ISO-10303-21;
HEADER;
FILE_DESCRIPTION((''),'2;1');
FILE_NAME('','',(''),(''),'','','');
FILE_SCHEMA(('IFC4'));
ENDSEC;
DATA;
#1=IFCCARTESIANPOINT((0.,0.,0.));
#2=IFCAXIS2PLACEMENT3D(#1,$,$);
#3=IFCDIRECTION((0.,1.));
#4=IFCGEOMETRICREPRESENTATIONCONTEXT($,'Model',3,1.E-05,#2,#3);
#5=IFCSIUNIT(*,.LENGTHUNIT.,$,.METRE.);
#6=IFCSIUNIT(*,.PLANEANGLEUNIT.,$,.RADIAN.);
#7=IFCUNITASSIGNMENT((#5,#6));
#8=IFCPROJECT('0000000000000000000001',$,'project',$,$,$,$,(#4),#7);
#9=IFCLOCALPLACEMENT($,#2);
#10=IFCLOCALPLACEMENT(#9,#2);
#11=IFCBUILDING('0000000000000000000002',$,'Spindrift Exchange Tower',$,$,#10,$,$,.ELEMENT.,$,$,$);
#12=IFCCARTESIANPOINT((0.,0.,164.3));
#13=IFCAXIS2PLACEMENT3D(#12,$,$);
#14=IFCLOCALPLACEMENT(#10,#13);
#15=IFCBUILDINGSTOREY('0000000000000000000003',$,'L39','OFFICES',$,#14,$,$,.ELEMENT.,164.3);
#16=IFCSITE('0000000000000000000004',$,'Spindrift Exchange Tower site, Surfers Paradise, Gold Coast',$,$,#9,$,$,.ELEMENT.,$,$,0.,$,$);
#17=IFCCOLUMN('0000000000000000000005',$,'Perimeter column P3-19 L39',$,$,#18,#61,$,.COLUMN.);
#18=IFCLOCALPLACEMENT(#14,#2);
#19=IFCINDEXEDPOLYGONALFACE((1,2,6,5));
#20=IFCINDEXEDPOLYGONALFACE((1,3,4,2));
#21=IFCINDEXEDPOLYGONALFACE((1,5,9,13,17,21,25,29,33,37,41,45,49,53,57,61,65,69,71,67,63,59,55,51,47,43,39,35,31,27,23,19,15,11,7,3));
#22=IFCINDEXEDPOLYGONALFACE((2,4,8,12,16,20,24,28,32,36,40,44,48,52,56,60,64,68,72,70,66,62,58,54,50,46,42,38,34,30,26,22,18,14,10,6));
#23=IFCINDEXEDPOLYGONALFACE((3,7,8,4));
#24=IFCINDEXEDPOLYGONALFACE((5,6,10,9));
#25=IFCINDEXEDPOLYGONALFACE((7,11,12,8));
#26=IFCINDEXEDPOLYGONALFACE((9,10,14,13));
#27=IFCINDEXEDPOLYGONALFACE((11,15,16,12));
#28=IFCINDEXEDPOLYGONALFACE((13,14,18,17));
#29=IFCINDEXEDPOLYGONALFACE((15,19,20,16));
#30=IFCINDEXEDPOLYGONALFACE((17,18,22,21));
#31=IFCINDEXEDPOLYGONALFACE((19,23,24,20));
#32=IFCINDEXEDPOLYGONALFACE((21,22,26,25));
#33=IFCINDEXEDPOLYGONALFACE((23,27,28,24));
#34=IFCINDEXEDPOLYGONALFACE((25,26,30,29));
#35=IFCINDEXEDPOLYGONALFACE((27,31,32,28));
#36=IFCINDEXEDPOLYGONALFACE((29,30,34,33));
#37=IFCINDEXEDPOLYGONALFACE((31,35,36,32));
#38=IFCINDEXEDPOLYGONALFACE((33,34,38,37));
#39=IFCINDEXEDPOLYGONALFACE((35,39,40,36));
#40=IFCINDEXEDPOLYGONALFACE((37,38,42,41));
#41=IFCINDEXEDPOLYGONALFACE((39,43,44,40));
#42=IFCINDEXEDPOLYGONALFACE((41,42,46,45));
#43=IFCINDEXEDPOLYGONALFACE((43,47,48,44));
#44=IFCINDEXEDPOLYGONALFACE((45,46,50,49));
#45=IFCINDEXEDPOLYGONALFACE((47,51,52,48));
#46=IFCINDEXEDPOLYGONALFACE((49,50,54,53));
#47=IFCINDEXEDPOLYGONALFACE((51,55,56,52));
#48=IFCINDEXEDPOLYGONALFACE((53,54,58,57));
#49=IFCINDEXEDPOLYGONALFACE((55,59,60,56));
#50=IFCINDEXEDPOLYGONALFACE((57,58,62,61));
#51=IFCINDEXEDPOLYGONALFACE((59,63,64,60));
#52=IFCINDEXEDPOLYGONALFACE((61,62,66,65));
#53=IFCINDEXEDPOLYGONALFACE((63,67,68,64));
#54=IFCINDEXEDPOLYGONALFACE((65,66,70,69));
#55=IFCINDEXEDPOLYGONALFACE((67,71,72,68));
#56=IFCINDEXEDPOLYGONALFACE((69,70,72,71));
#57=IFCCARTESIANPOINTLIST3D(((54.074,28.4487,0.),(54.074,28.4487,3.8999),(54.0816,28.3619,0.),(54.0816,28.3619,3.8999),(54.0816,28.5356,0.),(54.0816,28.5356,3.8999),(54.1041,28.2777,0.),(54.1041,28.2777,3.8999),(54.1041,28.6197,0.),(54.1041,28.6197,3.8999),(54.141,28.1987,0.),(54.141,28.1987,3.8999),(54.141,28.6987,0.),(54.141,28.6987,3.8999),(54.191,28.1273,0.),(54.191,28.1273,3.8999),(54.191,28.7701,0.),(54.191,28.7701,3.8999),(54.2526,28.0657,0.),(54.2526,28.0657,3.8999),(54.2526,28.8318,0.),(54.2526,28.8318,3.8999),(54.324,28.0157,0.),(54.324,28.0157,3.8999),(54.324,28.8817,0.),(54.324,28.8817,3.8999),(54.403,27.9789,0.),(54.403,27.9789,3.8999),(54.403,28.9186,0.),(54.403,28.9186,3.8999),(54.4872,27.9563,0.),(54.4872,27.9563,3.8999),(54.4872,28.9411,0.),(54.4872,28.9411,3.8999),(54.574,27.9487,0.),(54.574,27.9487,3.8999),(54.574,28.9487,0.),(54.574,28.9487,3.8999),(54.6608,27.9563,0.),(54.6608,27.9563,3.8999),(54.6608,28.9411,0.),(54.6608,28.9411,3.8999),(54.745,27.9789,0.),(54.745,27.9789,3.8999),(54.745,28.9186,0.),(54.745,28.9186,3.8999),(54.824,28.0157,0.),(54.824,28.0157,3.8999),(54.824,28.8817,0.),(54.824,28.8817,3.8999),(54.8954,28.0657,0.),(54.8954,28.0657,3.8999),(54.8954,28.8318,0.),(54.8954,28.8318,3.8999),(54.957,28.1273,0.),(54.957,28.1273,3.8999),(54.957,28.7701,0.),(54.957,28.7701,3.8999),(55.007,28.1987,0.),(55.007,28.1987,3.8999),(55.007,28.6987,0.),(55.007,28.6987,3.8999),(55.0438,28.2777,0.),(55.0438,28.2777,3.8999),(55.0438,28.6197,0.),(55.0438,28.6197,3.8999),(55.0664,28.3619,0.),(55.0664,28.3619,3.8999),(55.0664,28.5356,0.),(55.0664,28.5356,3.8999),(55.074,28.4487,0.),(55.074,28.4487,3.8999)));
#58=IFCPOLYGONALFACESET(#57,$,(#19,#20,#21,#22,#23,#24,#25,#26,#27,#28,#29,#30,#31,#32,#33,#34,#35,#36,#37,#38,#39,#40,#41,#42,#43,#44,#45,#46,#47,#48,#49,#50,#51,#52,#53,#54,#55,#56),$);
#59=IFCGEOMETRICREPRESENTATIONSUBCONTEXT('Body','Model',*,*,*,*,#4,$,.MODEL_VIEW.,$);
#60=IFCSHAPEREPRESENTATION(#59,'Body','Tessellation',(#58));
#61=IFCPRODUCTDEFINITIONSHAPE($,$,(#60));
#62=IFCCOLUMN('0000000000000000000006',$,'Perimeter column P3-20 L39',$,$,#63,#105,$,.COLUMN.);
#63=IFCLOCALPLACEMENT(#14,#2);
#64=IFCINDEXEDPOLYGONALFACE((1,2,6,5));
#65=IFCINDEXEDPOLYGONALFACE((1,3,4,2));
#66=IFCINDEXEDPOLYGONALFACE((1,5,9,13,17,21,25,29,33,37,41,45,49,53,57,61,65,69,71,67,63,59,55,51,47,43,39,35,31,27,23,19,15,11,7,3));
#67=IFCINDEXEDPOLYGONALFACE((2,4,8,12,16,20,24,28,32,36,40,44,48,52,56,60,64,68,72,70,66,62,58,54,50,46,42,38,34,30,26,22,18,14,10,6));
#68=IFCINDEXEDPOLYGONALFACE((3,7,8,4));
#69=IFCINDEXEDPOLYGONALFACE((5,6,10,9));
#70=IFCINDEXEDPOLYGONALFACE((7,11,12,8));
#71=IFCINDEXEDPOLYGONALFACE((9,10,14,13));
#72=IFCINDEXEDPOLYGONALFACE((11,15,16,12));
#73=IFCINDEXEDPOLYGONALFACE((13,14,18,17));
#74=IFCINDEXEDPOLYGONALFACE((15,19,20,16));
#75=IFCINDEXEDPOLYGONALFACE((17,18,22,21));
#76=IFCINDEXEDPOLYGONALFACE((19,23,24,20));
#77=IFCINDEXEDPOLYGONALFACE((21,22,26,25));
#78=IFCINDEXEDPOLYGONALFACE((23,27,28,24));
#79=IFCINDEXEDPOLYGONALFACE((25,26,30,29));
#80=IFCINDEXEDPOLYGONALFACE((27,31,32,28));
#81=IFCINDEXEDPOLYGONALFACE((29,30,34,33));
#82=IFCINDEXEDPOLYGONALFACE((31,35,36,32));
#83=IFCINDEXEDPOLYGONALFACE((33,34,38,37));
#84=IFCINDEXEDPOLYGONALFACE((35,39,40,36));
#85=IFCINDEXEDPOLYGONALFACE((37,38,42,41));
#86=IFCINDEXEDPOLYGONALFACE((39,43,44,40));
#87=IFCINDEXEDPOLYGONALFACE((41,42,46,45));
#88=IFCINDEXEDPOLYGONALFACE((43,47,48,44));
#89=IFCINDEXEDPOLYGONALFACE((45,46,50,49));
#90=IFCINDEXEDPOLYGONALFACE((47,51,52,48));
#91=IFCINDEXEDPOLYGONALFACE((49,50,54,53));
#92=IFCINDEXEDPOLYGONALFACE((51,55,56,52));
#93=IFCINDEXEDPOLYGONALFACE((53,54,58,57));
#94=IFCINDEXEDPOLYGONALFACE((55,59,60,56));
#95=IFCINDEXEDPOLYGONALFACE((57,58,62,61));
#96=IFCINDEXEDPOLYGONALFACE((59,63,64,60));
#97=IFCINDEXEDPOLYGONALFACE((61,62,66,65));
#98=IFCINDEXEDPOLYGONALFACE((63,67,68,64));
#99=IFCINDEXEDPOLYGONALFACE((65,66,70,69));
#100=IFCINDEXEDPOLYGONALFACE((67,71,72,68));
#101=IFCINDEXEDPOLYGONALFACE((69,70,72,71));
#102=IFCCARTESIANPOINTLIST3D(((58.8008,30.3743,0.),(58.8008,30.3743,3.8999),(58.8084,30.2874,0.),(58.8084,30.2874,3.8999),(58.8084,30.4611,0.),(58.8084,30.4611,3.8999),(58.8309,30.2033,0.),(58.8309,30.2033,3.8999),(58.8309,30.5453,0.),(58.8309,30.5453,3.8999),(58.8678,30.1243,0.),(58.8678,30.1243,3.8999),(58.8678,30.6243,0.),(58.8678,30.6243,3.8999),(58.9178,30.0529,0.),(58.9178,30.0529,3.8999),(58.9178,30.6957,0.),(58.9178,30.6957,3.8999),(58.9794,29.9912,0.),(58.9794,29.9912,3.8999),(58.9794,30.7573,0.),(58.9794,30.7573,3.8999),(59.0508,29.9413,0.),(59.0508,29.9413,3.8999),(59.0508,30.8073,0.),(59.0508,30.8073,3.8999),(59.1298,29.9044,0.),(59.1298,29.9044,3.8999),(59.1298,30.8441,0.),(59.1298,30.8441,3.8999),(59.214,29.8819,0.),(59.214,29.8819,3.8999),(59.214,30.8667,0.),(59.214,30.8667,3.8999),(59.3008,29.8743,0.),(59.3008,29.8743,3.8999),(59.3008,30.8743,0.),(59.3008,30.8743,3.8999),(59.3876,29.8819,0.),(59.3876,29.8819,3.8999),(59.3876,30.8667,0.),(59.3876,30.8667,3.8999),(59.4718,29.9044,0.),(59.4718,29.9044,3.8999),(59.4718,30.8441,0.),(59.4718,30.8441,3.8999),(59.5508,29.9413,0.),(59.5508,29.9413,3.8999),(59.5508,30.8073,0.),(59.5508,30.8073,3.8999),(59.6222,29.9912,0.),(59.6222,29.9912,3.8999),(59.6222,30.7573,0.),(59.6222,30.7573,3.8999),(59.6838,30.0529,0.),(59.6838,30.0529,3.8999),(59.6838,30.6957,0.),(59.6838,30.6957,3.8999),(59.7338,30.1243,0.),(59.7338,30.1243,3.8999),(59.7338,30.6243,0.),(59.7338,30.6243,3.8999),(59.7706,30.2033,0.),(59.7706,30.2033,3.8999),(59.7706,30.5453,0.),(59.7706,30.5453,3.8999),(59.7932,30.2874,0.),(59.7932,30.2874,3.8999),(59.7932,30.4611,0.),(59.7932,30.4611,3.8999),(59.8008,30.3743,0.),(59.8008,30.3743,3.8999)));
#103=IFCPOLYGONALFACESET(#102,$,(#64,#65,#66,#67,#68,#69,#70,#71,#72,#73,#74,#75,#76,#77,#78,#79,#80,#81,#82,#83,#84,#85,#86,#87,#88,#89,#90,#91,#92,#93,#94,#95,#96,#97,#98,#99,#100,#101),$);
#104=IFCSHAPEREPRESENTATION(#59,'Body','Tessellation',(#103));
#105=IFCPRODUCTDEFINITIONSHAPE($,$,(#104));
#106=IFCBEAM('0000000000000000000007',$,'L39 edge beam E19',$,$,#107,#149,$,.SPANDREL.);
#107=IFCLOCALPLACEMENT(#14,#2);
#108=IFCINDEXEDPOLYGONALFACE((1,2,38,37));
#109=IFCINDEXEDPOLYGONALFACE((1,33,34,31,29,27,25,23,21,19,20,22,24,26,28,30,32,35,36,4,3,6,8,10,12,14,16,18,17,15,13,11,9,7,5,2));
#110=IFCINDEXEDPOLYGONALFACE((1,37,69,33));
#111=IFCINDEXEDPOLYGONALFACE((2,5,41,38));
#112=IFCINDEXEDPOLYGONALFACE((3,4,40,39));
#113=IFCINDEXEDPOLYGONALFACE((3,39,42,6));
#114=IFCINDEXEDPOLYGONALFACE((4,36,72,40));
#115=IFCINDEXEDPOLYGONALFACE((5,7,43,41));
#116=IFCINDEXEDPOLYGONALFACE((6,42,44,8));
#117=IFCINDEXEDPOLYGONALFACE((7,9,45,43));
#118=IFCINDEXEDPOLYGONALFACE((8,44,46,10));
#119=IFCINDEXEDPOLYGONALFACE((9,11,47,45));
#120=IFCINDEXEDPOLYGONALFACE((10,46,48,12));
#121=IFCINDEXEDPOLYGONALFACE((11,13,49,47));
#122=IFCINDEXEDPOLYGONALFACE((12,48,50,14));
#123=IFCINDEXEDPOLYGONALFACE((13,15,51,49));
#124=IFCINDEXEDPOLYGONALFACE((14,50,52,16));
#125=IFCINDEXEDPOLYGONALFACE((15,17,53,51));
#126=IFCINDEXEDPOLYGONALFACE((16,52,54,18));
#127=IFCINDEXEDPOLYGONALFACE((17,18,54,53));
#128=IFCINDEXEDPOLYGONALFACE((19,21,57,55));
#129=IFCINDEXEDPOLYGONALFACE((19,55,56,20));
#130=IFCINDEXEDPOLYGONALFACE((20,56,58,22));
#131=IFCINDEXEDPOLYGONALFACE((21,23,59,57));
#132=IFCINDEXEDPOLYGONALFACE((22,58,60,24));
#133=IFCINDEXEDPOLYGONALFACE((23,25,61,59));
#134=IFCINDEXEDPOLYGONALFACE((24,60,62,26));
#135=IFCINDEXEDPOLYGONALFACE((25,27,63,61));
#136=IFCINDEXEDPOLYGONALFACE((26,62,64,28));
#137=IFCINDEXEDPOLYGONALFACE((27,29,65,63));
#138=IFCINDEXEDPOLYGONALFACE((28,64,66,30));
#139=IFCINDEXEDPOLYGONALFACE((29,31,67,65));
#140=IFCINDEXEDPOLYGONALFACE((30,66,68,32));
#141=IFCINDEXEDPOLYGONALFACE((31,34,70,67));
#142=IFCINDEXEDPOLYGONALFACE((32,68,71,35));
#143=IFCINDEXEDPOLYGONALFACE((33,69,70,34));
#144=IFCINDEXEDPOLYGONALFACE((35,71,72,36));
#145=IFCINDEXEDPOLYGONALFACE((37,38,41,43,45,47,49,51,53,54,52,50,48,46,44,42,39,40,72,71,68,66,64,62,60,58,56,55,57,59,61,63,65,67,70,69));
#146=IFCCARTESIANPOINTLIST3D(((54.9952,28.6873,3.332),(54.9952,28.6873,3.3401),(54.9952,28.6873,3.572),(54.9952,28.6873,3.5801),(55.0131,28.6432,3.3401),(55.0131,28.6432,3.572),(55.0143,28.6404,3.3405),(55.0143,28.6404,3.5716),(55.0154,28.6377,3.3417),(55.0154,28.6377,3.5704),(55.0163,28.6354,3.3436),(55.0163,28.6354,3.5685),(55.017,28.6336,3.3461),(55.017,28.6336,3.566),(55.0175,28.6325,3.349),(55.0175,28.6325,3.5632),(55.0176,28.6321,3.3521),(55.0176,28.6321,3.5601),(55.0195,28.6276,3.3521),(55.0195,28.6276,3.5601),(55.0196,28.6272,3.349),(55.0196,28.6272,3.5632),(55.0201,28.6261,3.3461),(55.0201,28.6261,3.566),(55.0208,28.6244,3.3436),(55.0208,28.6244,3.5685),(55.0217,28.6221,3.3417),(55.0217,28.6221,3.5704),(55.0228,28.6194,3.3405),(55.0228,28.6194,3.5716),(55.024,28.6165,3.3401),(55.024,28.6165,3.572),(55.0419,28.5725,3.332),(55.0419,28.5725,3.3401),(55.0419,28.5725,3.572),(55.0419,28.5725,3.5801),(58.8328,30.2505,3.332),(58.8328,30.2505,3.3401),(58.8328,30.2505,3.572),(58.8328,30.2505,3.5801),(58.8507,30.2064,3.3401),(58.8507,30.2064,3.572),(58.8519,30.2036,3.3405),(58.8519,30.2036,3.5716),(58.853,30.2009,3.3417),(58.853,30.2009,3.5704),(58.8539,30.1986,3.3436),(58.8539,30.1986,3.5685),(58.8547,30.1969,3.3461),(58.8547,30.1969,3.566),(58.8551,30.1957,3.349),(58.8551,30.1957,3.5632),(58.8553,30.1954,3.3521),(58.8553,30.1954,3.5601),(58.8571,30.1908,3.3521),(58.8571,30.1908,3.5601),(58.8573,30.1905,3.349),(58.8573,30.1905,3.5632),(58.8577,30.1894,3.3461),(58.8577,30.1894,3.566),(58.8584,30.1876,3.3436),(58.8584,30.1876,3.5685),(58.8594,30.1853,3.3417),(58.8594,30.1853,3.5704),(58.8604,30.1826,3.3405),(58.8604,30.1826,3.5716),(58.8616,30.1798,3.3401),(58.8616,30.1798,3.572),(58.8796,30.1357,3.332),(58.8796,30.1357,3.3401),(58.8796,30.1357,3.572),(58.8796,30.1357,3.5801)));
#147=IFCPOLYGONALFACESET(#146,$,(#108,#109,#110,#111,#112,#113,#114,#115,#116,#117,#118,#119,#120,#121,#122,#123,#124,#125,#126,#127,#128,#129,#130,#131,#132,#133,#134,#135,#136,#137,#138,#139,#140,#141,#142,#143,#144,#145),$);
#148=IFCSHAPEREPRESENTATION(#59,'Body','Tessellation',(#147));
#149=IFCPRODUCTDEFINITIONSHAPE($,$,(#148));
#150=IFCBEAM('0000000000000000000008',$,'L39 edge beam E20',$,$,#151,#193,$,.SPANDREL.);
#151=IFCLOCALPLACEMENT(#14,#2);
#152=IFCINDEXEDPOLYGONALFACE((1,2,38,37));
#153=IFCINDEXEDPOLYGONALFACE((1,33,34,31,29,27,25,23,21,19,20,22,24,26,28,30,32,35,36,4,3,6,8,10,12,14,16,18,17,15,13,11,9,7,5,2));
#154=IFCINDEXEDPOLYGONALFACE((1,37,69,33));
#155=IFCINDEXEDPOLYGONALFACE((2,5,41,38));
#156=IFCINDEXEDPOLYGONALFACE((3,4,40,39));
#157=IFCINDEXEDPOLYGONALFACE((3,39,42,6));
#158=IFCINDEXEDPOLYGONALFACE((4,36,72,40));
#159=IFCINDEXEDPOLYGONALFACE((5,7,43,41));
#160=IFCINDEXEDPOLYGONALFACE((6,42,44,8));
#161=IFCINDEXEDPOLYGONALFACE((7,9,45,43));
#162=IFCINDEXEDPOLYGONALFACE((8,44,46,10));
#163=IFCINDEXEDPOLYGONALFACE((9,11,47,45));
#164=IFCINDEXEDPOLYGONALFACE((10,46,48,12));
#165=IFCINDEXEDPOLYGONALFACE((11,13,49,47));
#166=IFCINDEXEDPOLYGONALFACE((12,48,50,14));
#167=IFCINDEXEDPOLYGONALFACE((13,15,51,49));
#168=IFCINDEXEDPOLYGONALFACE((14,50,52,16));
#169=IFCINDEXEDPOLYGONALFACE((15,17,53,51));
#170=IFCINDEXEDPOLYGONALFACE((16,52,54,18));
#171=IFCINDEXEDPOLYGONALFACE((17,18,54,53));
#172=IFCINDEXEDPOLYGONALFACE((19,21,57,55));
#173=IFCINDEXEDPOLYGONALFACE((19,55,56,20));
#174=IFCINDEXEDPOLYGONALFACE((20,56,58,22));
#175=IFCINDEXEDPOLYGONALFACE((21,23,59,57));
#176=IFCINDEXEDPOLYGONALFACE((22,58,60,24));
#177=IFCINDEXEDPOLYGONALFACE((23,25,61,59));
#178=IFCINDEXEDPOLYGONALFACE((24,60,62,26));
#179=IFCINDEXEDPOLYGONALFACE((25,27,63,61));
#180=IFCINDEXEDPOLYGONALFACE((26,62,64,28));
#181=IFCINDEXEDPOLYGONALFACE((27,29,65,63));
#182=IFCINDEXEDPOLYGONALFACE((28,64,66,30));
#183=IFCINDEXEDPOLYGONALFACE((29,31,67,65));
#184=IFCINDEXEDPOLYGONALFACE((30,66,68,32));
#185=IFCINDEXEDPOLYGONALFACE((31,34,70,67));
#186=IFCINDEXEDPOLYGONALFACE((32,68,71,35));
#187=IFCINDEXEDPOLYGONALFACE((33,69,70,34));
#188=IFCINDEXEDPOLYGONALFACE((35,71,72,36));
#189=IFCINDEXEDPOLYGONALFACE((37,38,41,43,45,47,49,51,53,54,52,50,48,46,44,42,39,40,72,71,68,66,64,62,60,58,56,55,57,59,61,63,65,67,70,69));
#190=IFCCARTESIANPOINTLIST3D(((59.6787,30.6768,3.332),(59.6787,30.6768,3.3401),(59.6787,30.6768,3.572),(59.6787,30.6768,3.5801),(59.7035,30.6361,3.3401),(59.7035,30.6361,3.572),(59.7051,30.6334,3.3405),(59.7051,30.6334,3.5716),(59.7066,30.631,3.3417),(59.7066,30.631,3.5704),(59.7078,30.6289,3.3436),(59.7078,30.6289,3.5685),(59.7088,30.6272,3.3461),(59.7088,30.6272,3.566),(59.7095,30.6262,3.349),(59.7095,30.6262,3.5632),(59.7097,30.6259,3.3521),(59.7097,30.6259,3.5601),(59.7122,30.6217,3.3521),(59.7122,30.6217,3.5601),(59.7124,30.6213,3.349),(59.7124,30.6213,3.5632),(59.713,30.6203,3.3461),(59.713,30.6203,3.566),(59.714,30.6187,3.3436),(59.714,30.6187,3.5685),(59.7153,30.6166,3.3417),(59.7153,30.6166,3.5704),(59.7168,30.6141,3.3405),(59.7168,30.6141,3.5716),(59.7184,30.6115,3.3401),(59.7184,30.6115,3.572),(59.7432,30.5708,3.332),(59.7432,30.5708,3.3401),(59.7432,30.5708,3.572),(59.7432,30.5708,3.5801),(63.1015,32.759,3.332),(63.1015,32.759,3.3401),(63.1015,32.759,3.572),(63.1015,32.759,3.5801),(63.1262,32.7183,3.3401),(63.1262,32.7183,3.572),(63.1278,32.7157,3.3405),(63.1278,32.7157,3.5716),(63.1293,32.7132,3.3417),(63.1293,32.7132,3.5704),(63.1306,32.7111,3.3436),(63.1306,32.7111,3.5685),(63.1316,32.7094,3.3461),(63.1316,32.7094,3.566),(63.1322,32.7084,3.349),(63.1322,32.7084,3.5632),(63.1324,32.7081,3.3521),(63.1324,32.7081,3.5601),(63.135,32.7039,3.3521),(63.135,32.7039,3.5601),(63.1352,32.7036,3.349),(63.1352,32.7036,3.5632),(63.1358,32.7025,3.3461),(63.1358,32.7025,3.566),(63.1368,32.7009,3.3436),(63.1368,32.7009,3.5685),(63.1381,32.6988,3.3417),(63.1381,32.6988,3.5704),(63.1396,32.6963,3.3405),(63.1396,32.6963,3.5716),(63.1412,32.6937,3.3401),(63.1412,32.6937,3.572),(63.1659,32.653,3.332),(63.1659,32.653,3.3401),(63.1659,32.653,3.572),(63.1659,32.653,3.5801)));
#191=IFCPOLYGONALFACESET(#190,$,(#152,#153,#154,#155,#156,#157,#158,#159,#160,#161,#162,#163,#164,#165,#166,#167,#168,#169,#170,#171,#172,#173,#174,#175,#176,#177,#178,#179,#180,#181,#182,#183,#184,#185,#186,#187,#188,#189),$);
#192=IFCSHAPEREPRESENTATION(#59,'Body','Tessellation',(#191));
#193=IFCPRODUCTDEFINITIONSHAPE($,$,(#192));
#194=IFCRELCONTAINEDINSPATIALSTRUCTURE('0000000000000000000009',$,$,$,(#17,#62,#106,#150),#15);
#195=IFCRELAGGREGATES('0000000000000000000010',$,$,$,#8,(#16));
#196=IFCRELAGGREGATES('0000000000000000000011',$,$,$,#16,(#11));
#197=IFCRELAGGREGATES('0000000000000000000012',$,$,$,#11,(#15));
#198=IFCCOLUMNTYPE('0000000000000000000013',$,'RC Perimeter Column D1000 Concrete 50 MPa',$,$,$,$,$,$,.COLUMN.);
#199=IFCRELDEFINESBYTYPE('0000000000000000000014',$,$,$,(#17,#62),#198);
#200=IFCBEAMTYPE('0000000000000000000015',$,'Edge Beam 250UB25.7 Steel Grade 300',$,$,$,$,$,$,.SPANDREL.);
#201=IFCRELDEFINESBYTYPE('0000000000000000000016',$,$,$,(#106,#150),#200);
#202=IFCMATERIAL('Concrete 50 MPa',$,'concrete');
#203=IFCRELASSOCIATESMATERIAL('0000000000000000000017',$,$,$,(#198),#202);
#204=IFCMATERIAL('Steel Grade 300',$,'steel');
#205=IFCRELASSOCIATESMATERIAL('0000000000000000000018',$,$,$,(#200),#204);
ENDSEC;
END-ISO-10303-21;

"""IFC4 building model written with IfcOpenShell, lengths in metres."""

from ifc_helpers import new_model, si_unit, direction, frame, origin, origin_2d, place, context, subcontext, project, spatial, circle, i_section, extrude, source, transform, mapped, material, material_profile, profile_set, type_object, element, save


model = new_model("IFC4")

# Units and contexts
model_context = context("Model", 3, precision=1e-05, world=origin(), true_north=direction((0.0, 1.0)))
body_context = subcontext(model_context, "Body", "Model", "MODEL_VIEW")
ifc_project = project(units=[si_unit("LENGTHUNIT", "METRE"), si_unit("PLANEANGLEUNIT", "RADIAN")], contexts=[model_context])

# Site, building, storey
site_placement = place(None, origin())
site = spatial("IfcSite", under=ifc_project, at=site_placement, Name="Spindrift Exchange Tower site, Surfers Paradise, Gold Coast", CompositionType="ELEMENT", RefElevation=0.0)
building_placement = place(site_placement, origin())
building = spatial("IfcBuilding", under=site, at=building_placement, Name="Spindrift Exchange Tower", CompositionType="ELEMENT")
storey_placement = place(building_placement, frame((0.0, 0.0, 164.3)))
storey = spatial("IfcBuildingStorey", under=building, at=storey_placement, Name="L39", Description="OFFICES", CompositionType="ELEMENT", Elevation=164.3)

# Columns
ifc_material_1 = material(Name="Concrete 50 MPa", Category="concrete")
ifc_material_profile_1 = material_profile(ifc_material_1, circle(Radius=0.5, at=origin_2d()), Name="RC D1000")
ifc_profile_set_1 = profile_set([ifc_material_profile_1], Name="Concrete 50 MPa")
column_type = type_object("IfcColumnType", Name="RC Perimeter Column D1000 Concrete 50 MPa", PredefinedType="COLUMN", material=ifc_profile_set_1)
shared_shape_1 = source(origin(), body_context, "Body", "SweptSolid", [
    extrude(circle(Radius=0.5, at=origin_2d()), origin(), (0.0, 0.0, 1.0), 3.8999),
])
for number, where, z_axis, x_axis, name in (
    (1, (54.574, 28.4487, 0.0), (0.0, 0.0, 1.0), (1.0, 0.0, 0.0), "Perimeter column P3-19 L39"),
    (2, (59.3008, 30.3743, 0.0), (0.0, 0.0, 1.0), (1.0, 0.0, 0.0), "Perimeter column P3-20 L39"),
):
    element("IfcColumn", number, at=place(storey_placement, frame(where, z_axis=z_axis, x_axis=x_axis)), inside=storey, type_object=column_type, Name=name, PredefinedType="COLUMN", context=body_context, shape_type="MappedRepresentation", body=[
        mapped(shared_shape_1, transform((0.0, 0.0, 0.0), scale=1.0)),
    ])

# Beams
ifc_material_2 = material(Name="Steel Grade 300", Category="steel")
ifc_material_profile_2 = material_profile(ifc_material_2, i_section(OverallWidth=0.124, OverallDepth=0.248, WebThickness=0.0049, FlangeThickness=0.0081, FilletRadius=0.012, at=origin_2d()), Name="250UB25.7")
ifc_profile_set_2 = profile_set([ifc_material_profile_2], Name="Steel Grade 300")
beam_type_1 = type_object("IfcBeamType", Name="Edge Beam 250UB25.7 Steel Grade 300", PredefinedType="SPANDREL", material=ifc_profile_set_2)
shared_shape_2 = source(origin(), body_context, "Body", "SweptSolid", [
    extrude(i_section(OverallWidth=0.124, OverallDepth=0.248, WebThickness=0.0049, FlangeThickness=0.0081, FilletRadius=0.012, at=origin_2d()), origin(), (0.0, 0.0, 1.0), 4.1438),
])
beam_1_placement = place(storey_placement, frame((55.0186, 28.6299, 3.4561), z_axis=(0.926114, 0.377244, 0.0), x_axis=(-0.377244, 0.926114, 0.0)))
element("IfcBeam", 3, at=beam_1_placement, inside=storey, type_object=beam_type_1, Name="L39 edge beam E19", PredefinedType="SPANDREL", context=body_context, shape_type="MappedRepresentation", body=[
    mapped(shared_shape_2, transform((0.0, 0.0, 0.0), scale=1.0)),
])
shared_shape_3 = source(origin(), body_context, "Body", "SweptSolid", [
    extrude(i_section(OverallWidth=0.124, OverallDepth=0.248, WebThickness=0.0049, FlangeThickness=0.0081, FilletRadius=0.012, at=origin_2d()), origin(), (0.0, 0.0, 1.0), 4.0063),
])
beam_2_placement = place(storey_placement, frame((59.7109, 30.6238, 3.4561), z_axis=(0.854331, 0.519728, 0.0), x_axis=(-0.519728, 0.854331, 0.0)))
element("IfcBeam", 4, at=beam_2_placement, inside=storey, type_object=beam_type_1, Name="L39 edge beam E20", PredefinedType="SPANDREL", context=body_context, shape_type="MappedRepresentation", body=[
    mapped(shared_shape_3, transform((0.0, 0.0, 0.0), scale=1.0)),
])

save(model, "model.ifc")
